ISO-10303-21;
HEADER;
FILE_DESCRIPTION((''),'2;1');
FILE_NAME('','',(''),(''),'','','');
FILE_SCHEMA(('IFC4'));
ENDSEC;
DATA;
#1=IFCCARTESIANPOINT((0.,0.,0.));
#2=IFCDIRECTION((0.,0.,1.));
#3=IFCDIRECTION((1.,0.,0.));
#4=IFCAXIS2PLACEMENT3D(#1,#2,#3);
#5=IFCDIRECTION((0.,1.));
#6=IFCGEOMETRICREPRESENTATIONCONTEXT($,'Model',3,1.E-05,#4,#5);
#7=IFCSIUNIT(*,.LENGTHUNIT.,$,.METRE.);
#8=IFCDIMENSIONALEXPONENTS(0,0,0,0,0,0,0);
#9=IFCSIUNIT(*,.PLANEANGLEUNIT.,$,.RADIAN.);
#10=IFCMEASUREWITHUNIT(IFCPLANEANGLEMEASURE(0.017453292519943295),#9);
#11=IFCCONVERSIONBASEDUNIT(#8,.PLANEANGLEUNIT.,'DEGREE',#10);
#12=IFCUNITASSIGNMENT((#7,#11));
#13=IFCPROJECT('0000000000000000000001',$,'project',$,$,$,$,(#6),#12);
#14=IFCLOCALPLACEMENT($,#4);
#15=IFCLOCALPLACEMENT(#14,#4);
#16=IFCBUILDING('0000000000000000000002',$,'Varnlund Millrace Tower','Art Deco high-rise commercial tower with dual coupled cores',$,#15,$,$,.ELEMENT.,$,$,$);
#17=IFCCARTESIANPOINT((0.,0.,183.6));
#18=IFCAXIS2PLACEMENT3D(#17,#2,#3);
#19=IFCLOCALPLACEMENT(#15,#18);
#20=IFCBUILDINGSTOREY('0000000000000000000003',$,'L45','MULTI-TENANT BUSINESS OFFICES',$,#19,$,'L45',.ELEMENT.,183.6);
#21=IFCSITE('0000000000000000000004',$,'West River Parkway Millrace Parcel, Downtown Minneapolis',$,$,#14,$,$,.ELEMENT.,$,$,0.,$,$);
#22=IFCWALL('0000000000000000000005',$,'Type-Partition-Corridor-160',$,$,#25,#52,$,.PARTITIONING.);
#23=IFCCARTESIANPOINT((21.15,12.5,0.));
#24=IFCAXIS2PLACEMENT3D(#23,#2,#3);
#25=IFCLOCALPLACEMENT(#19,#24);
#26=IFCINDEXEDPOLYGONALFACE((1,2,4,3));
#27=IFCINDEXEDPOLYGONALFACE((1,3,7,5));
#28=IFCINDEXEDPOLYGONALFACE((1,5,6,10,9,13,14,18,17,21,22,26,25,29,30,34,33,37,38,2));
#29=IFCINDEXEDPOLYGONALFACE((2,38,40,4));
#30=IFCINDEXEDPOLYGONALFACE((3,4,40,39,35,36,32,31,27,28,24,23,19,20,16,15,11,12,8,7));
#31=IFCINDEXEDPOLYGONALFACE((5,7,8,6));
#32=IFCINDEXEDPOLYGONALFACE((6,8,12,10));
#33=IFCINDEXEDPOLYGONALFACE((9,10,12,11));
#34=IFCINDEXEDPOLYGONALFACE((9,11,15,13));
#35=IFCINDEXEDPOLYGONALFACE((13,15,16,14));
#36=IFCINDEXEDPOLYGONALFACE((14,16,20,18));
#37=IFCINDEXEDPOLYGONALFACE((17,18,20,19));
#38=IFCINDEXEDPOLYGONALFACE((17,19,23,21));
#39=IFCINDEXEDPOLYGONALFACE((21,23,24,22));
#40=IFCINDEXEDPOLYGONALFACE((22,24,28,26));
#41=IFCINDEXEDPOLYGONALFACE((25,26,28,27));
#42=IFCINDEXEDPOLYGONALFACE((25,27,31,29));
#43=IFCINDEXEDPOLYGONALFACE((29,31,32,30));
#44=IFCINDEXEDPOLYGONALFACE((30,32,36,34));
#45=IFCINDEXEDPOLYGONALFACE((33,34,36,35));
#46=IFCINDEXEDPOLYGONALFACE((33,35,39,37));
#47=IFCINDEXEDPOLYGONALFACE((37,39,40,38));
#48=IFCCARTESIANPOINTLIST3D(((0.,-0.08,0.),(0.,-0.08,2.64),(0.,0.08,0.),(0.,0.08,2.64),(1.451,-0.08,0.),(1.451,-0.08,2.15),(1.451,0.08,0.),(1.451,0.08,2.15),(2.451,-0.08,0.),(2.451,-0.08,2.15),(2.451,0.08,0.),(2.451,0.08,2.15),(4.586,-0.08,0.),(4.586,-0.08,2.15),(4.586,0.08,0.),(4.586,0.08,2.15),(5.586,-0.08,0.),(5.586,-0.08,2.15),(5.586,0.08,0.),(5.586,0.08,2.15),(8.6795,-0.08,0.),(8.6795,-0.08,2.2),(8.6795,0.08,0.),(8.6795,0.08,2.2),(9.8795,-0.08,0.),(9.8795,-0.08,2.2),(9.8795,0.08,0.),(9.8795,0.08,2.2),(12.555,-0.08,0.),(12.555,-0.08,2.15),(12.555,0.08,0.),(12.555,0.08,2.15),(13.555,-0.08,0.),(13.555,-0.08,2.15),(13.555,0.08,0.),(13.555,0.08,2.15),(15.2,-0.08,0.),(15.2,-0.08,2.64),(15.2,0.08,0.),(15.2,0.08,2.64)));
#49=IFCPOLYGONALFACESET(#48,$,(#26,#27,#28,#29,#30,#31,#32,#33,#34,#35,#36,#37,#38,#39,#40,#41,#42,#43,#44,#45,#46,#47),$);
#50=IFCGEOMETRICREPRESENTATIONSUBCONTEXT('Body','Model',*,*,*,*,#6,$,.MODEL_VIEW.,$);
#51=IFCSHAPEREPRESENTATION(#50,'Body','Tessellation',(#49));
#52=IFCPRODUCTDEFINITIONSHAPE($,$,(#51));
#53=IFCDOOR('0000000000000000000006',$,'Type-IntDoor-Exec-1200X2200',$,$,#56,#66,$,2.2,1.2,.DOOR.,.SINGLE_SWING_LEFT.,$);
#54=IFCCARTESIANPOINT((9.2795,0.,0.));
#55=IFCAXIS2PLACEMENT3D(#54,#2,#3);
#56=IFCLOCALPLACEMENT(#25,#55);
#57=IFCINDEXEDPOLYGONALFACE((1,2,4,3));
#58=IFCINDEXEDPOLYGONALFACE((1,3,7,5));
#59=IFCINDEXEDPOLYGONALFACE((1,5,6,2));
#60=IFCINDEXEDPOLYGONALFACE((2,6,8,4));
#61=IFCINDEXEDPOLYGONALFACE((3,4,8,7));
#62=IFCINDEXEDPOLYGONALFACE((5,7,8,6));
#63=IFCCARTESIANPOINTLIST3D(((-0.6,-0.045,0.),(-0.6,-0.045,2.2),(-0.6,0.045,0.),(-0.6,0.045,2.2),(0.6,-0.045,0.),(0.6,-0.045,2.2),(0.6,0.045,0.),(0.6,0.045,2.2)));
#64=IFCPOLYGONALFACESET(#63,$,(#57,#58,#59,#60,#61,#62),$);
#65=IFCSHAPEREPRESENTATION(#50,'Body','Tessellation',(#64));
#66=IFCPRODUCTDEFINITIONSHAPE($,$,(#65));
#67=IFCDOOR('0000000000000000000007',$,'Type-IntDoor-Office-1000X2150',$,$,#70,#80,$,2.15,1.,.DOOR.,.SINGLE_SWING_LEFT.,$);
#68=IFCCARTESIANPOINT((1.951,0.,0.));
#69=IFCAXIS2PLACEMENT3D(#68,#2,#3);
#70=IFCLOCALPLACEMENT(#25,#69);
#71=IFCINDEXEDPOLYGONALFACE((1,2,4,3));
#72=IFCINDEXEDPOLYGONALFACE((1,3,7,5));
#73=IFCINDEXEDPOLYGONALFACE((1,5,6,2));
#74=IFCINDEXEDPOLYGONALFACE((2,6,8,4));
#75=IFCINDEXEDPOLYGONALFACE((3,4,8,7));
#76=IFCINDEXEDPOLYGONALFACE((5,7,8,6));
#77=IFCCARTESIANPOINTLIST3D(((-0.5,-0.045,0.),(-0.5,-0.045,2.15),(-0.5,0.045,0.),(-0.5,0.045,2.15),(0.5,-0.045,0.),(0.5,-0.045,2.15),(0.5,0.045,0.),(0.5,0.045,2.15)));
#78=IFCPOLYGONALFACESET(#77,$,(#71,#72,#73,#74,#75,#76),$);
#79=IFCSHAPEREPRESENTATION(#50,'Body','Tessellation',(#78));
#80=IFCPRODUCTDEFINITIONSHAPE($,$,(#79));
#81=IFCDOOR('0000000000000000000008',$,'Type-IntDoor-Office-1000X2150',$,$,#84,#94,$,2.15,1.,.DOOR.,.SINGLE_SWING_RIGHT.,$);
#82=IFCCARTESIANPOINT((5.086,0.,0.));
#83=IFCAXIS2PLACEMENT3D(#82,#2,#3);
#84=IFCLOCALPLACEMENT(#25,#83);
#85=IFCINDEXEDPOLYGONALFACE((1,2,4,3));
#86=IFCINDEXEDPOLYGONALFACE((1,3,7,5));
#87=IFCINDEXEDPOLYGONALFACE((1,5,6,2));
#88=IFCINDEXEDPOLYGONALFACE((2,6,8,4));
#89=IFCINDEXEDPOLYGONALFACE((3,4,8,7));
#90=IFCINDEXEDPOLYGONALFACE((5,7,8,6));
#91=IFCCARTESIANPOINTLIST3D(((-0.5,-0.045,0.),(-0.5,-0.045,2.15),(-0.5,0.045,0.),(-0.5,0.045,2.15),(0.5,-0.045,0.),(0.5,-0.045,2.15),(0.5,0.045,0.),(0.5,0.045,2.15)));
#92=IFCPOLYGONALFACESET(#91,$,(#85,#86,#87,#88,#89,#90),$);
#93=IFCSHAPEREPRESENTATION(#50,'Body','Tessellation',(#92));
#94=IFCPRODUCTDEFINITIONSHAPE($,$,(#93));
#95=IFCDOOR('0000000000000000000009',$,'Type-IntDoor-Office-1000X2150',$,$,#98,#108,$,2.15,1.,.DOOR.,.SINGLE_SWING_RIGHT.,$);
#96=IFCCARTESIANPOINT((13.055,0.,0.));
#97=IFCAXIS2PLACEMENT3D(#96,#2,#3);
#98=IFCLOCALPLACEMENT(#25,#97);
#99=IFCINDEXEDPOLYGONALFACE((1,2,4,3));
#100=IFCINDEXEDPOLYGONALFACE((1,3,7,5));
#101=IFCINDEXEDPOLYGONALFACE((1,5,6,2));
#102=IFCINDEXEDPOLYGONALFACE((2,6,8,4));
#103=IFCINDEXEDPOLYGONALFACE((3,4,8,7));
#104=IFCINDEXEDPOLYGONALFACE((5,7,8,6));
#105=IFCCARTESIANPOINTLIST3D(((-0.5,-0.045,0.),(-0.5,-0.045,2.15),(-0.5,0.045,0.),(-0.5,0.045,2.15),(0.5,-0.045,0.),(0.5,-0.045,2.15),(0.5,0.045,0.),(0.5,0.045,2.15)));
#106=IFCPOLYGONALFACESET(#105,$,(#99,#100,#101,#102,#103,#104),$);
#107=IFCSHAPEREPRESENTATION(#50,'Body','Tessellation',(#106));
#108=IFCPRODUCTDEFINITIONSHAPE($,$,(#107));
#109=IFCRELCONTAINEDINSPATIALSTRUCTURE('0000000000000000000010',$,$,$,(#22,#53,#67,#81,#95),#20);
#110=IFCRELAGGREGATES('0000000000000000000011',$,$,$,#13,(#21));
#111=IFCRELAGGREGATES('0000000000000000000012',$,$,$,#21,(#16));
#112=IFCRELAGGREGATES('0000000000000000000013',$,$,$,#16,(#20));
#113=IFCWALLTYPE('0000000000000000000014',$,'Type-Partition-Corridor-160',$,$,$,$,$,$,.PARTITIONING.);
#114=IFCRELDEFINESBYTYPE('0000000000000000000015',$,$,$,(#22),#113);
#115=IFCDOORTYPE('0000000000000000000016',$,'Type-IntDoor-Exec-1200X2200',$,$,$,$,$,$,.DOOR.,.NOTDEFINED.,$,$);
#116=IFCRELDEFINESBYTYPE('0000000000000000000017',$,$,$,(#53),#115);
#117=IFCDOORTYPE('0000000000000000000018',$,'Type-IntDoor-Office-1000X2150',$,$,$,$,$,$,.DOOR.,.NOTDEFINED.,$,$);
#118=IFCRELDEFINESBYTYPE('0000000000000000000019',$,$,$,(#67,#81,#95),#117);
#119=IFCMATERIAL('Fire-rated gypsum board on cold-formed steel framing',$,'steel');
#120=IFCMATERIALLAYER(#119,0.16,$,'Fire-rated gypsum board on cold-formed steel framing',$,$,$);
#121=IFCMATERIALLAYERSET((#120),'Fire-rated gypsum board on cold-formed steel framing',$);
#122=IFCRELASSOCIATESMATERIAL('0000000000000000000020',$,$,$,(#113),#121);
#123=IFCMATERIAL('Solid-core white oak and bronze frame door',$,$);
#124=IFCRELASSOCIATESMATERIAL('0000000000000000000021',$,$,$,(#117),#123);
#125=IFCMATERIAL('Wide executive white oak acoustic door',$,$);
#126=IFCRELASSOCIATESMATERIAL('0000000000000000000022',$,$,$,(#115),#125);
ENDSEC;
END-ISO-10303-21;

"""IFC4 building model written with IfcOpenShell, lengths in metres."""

from ifc_helpers import new_model, entity, si_unit, converted_unit, direction, frame, origin_with_axes, origin_2d_with_axis, place, context, subcontext, project, spatial, polyline, rectangle, outline, extrude, material, layer, layer_set, type_object, element, fill, save


model = new_model("IFC4")

# Units and contexts
model_context = context("Model", 3, precision=1e-05, world=origin_with_axes(), true_north=direction((0.0, 1.0)))
body_context = subcontext(model_context, "Body", "Model", "MODEL_VIEW")
ifc_project = project(units=[si_unit("LENGTHUNIT", "METRE"), converted_unit("PLANEANGLEUNIT", "DEGREE", entity("IfcPlaneAngleMeasure", 0.017453292519943295), si_unit("PLANEANGLEUNIT", "RADIAN"), dimensions=[0, 0, 0, 0, 0, 0, 0])], contexts=[model_context])

# Site, building, storey
site_placement = place(None, origin_with_axes())
site = spatial("IfcSite", under=ifc_project, at=site_placement, Name="West River Parkway Millrace Parcel, Downtown Minneapolis", CompositionType="ELEMENT", RefElevation=0.0)
building_placement = place(site_placement, origin_with_axes())
building = spatial("IfcBuilding", under=site, at=building_placement, Name="Varnlund Millrace Tower", Description="Art Deco high-rise commercial tower with dual coupled cores", CompositionType="ELEMENT")
storey_placement = place(building_placement, frame((0.0, 0.0, 183.6), z_axis=(0.0, 0.0, 1.0), x_axis=(1.0, 0.0, 0.0)))
storey = spatial("IfcBuildingStorey", under=building, at=storey_placement, Name="L45", Description="MULTI-TENANT BUSINESS OFFICES", LongName="L45", CompositionType="ELEMENT", Elevation=183.6)

# Wall, openings, doors
ifc_material_1 = material(Name="Fire-rated gypsum board on cold-formed steel framing", Category="steel")
ifc_layer_1 = layer(ifc_material_1, 0.16, Name="Fire-rated gypsum board on cold-formed steel framing")
ifc_layer_set_1 = layer_set([ifc_layer_1], Name="Fire-rated gypsum board on cold-formed steel framing")
wall_type_1 = type_object("IfcWallType", Name="Type-Partition-Corridor-160", PredefinedType="PARTITIONING", material=ifc_layer_set_1)
ifc_material_2 = material(Name="Solid-core white oak and bronze frame door")
door_type_1 = type_object("IfcDoorType", Name="Type-IntDoor-Office-1000X2150", OperationType="NOTDEFINED", PredefinedType="DOOR", material=ifc_material_2)
wall_1_placement = place(storey_placement, frame((21.15, 12.5, 0.0), z_axis=(0.0, 0.0, 1.0), x_axis=(1.0, 0.0, 0.0)))
wall_1 = element("IfcWall", 1, at=wall_1_placement, inside=storey, type_object=wall_type_1, Name="Type-Partition-Corridor-160", PredefinedType="PARTITIONING", context=body_context, shape_type="SweptSolid", body=[
    extrude(outline(polyline([(0.0, -0.08), (15.2, -0.08), (15.2, 0.08), (0.0, 0.08), (0.0, -0.08)])), origin_with_axes(), (0.0, 0.0, 1.0), 2.64),
])
opening_1_placement = place(wall_1_placement, frame((1.951, 0.0, 0.0), z_axis=(0.0, 0.0, 1.0), x_axis=(1.0, 0.0, 0.0)))
opening_1 = element("IfcOpeningElement", 2, at=opening_1_placement, cuts=wall_1, PredefinedType="OPENING", context=body_context, shape_type="SweptSolid", body=[
    extrude(rectangle(XDim=1.0, YDim=0.18, at=origin_2d_with_axis()), origin_with_axes(), (0.0, 0.0, 1.0), 2.15),
])
opening_2_placement = place(wall_1_placement, frame((5.086, 0.0, 0.0), z_axis=(0.0, 0.0, 1.0), x_axis=(1.0, 0.0, 0.0)))
opening_2 = element("IfcOpeningElement", 3, at=opening_2_placement, cuts=wall_1, PredefinedType="OPENING", context=body_context, shape_type="SweptSolid", body=[
    extrude(rectangle(XDim=1.0, YDim=0.18, at=origin_2d_with_axis()), origin_with_axes(), (0.0, 0.0, 1.0), 2.15),
])
opening_3_placement = place(wall_1_placement, frame((9.2795, 0.0, 0.0), z_axis=(0.0, 0.0, 1.0), x_axis=(1.0, 0.0, 0.0)))
opening_3 = element("IfcOpeningElement", 4, at=opening_3_placement, cuts=wall_1, PredefinedType="OPENING", context=body_context, shape_type="SweptSolid", body=[
    extrude(rectangle(XDim=1.2, YDim=0.18, at=origin_2d_with_axis()), origin_with_axes(), (0.0, 0.0, 1.0), 2.2),
])
opening_4_placement = place(wall_1_placement, frame((13.055, 0.0, 0.0), z_axis=(0.0, 0.0, 1.0), x_axis=(1.0, 0.0, 0.0)))
opening_4 = element("IfcOpeningElement", 5, at=opening_4_placement, cuts=wall_1, PredefinedType="OPENING", context=body_context, shape_type="SweptSolid", body=[
    extrude(rectangle(XDim=1.0, YDim=0.18, at=origin_2d_with_axis()), origin_with_axes(), (0.0, 0.0, 1.0), 2.15),
])
ifc_material_3 = material(Name="Wide executive white oak acoustic door")
door_type_2 = type_object("IfcDoorType", Name="Type-IntDoor-Exec-1200X2200", OperationType="NOTDEFINED", PredefinedType="DOOR", material=ifc_material_3)
door_1_placement = place(wall_1_placement, frame((9.2795, 0.0, 0.0), z_axis=(0.0, 0.0, 1.0), x_axis=(1.0, 0.0, 0.0)))
door_1 = element("IfcDoor", 6, at=door_1_placement, inside=storey, type_object=door_type_2, Name="Type-IntDoor-Exec-1200X2200", OperationType="SINGLE_SWING_LEFT", OverallHeight=2.2, OverallWidth=1.2, PredefinedType="DOOR", context=body_context, shape_type="SweptSolid", body=[
    extrude(rectangle(XDim=1.2, YDim=0.09, at=origin_2d_with_axis()), origin_with_axes(), (0.0, 0.0, 1.0), 2.2),
])
fill(opening_3, door_1)
door_2_placement = place(wall_1_placement, frame((1.951, 0.0, 0.0), z_axis=(0.0, 0.0, 1.0), x_axis=(1.0, 0.0, 0.0)))
door_2 = element("IfcDoor", 7, at=door_2_placement, inside=storey, type_object=door_type_1, Name="Type-IntDoor-Office-1000X2150", OperationType="SINGLE_SWING_LEFT", OverallHeight=2.15, OverallWidth=1.0, PredefinedType="DOOR", context=body_context, shape_type="SweptSolid", body=[
    extrude(rectangle(XDim=1.0, YDim=0.09, at=origin_2d_with_axis()), origin_with_axes(), (0.0, 0.0, 1.0), 2.15),
])
fill(opening_1, door_2)
door_3_placement = place(wall_1_placement, frame((5.086, 0.0, 0.0), z_axis=(0.0, 0.0, 1.0), x_axis=(1.0, 0.0, 0.0)))
door_3 = element("IfcDoor", 8, at=door_3_placement, inside=storey, type_object=door_type_1, Name="Type-IntDoor-Office-1000X2150", OperationType="SINGLE_SWING_RIGHT", OverallHeight=2.15, OverallWidth=1.0, PredefinedType="DOOR", context=body_context, shape_type="SweptSolid", body=[
    extrude(rectangle(XDim=1.0, YDim=0.09, at=origin_2d_with_axis()), origin_with_axes(), (0.0, 0.0, 1.0), 2.15),
])
fill(opening_2, door_3)
door_4_placement = place(wall_1_placement, frame((13.055, 0.0, 0.0), z_axis=(0.0, 0.0, 1.0), x_axis=(1.0, 0.0, 0.0)))
door_4 = element("IfcDoor", 9, at=door_4_placement, inside=storey, type_object=door_type_1, Name="Type-IntDoor-Office-1000X2150", OperationType="SINGLE_SWING_RIGHT", OverallHeight=2.15, OverallWidth=1.0, PredefinedType="DOOR", context=body_context, shape_type="SweptSolid", body=[
    extrude(rectangle(XDim=1.0, YDim=0.09, at=origin_2d_with_axis()), origin_with_axes(), (0.0, 0.0, 1.0), 2.15),
])
fill(opening_4, door_4)

save(model, "model.ifc")
